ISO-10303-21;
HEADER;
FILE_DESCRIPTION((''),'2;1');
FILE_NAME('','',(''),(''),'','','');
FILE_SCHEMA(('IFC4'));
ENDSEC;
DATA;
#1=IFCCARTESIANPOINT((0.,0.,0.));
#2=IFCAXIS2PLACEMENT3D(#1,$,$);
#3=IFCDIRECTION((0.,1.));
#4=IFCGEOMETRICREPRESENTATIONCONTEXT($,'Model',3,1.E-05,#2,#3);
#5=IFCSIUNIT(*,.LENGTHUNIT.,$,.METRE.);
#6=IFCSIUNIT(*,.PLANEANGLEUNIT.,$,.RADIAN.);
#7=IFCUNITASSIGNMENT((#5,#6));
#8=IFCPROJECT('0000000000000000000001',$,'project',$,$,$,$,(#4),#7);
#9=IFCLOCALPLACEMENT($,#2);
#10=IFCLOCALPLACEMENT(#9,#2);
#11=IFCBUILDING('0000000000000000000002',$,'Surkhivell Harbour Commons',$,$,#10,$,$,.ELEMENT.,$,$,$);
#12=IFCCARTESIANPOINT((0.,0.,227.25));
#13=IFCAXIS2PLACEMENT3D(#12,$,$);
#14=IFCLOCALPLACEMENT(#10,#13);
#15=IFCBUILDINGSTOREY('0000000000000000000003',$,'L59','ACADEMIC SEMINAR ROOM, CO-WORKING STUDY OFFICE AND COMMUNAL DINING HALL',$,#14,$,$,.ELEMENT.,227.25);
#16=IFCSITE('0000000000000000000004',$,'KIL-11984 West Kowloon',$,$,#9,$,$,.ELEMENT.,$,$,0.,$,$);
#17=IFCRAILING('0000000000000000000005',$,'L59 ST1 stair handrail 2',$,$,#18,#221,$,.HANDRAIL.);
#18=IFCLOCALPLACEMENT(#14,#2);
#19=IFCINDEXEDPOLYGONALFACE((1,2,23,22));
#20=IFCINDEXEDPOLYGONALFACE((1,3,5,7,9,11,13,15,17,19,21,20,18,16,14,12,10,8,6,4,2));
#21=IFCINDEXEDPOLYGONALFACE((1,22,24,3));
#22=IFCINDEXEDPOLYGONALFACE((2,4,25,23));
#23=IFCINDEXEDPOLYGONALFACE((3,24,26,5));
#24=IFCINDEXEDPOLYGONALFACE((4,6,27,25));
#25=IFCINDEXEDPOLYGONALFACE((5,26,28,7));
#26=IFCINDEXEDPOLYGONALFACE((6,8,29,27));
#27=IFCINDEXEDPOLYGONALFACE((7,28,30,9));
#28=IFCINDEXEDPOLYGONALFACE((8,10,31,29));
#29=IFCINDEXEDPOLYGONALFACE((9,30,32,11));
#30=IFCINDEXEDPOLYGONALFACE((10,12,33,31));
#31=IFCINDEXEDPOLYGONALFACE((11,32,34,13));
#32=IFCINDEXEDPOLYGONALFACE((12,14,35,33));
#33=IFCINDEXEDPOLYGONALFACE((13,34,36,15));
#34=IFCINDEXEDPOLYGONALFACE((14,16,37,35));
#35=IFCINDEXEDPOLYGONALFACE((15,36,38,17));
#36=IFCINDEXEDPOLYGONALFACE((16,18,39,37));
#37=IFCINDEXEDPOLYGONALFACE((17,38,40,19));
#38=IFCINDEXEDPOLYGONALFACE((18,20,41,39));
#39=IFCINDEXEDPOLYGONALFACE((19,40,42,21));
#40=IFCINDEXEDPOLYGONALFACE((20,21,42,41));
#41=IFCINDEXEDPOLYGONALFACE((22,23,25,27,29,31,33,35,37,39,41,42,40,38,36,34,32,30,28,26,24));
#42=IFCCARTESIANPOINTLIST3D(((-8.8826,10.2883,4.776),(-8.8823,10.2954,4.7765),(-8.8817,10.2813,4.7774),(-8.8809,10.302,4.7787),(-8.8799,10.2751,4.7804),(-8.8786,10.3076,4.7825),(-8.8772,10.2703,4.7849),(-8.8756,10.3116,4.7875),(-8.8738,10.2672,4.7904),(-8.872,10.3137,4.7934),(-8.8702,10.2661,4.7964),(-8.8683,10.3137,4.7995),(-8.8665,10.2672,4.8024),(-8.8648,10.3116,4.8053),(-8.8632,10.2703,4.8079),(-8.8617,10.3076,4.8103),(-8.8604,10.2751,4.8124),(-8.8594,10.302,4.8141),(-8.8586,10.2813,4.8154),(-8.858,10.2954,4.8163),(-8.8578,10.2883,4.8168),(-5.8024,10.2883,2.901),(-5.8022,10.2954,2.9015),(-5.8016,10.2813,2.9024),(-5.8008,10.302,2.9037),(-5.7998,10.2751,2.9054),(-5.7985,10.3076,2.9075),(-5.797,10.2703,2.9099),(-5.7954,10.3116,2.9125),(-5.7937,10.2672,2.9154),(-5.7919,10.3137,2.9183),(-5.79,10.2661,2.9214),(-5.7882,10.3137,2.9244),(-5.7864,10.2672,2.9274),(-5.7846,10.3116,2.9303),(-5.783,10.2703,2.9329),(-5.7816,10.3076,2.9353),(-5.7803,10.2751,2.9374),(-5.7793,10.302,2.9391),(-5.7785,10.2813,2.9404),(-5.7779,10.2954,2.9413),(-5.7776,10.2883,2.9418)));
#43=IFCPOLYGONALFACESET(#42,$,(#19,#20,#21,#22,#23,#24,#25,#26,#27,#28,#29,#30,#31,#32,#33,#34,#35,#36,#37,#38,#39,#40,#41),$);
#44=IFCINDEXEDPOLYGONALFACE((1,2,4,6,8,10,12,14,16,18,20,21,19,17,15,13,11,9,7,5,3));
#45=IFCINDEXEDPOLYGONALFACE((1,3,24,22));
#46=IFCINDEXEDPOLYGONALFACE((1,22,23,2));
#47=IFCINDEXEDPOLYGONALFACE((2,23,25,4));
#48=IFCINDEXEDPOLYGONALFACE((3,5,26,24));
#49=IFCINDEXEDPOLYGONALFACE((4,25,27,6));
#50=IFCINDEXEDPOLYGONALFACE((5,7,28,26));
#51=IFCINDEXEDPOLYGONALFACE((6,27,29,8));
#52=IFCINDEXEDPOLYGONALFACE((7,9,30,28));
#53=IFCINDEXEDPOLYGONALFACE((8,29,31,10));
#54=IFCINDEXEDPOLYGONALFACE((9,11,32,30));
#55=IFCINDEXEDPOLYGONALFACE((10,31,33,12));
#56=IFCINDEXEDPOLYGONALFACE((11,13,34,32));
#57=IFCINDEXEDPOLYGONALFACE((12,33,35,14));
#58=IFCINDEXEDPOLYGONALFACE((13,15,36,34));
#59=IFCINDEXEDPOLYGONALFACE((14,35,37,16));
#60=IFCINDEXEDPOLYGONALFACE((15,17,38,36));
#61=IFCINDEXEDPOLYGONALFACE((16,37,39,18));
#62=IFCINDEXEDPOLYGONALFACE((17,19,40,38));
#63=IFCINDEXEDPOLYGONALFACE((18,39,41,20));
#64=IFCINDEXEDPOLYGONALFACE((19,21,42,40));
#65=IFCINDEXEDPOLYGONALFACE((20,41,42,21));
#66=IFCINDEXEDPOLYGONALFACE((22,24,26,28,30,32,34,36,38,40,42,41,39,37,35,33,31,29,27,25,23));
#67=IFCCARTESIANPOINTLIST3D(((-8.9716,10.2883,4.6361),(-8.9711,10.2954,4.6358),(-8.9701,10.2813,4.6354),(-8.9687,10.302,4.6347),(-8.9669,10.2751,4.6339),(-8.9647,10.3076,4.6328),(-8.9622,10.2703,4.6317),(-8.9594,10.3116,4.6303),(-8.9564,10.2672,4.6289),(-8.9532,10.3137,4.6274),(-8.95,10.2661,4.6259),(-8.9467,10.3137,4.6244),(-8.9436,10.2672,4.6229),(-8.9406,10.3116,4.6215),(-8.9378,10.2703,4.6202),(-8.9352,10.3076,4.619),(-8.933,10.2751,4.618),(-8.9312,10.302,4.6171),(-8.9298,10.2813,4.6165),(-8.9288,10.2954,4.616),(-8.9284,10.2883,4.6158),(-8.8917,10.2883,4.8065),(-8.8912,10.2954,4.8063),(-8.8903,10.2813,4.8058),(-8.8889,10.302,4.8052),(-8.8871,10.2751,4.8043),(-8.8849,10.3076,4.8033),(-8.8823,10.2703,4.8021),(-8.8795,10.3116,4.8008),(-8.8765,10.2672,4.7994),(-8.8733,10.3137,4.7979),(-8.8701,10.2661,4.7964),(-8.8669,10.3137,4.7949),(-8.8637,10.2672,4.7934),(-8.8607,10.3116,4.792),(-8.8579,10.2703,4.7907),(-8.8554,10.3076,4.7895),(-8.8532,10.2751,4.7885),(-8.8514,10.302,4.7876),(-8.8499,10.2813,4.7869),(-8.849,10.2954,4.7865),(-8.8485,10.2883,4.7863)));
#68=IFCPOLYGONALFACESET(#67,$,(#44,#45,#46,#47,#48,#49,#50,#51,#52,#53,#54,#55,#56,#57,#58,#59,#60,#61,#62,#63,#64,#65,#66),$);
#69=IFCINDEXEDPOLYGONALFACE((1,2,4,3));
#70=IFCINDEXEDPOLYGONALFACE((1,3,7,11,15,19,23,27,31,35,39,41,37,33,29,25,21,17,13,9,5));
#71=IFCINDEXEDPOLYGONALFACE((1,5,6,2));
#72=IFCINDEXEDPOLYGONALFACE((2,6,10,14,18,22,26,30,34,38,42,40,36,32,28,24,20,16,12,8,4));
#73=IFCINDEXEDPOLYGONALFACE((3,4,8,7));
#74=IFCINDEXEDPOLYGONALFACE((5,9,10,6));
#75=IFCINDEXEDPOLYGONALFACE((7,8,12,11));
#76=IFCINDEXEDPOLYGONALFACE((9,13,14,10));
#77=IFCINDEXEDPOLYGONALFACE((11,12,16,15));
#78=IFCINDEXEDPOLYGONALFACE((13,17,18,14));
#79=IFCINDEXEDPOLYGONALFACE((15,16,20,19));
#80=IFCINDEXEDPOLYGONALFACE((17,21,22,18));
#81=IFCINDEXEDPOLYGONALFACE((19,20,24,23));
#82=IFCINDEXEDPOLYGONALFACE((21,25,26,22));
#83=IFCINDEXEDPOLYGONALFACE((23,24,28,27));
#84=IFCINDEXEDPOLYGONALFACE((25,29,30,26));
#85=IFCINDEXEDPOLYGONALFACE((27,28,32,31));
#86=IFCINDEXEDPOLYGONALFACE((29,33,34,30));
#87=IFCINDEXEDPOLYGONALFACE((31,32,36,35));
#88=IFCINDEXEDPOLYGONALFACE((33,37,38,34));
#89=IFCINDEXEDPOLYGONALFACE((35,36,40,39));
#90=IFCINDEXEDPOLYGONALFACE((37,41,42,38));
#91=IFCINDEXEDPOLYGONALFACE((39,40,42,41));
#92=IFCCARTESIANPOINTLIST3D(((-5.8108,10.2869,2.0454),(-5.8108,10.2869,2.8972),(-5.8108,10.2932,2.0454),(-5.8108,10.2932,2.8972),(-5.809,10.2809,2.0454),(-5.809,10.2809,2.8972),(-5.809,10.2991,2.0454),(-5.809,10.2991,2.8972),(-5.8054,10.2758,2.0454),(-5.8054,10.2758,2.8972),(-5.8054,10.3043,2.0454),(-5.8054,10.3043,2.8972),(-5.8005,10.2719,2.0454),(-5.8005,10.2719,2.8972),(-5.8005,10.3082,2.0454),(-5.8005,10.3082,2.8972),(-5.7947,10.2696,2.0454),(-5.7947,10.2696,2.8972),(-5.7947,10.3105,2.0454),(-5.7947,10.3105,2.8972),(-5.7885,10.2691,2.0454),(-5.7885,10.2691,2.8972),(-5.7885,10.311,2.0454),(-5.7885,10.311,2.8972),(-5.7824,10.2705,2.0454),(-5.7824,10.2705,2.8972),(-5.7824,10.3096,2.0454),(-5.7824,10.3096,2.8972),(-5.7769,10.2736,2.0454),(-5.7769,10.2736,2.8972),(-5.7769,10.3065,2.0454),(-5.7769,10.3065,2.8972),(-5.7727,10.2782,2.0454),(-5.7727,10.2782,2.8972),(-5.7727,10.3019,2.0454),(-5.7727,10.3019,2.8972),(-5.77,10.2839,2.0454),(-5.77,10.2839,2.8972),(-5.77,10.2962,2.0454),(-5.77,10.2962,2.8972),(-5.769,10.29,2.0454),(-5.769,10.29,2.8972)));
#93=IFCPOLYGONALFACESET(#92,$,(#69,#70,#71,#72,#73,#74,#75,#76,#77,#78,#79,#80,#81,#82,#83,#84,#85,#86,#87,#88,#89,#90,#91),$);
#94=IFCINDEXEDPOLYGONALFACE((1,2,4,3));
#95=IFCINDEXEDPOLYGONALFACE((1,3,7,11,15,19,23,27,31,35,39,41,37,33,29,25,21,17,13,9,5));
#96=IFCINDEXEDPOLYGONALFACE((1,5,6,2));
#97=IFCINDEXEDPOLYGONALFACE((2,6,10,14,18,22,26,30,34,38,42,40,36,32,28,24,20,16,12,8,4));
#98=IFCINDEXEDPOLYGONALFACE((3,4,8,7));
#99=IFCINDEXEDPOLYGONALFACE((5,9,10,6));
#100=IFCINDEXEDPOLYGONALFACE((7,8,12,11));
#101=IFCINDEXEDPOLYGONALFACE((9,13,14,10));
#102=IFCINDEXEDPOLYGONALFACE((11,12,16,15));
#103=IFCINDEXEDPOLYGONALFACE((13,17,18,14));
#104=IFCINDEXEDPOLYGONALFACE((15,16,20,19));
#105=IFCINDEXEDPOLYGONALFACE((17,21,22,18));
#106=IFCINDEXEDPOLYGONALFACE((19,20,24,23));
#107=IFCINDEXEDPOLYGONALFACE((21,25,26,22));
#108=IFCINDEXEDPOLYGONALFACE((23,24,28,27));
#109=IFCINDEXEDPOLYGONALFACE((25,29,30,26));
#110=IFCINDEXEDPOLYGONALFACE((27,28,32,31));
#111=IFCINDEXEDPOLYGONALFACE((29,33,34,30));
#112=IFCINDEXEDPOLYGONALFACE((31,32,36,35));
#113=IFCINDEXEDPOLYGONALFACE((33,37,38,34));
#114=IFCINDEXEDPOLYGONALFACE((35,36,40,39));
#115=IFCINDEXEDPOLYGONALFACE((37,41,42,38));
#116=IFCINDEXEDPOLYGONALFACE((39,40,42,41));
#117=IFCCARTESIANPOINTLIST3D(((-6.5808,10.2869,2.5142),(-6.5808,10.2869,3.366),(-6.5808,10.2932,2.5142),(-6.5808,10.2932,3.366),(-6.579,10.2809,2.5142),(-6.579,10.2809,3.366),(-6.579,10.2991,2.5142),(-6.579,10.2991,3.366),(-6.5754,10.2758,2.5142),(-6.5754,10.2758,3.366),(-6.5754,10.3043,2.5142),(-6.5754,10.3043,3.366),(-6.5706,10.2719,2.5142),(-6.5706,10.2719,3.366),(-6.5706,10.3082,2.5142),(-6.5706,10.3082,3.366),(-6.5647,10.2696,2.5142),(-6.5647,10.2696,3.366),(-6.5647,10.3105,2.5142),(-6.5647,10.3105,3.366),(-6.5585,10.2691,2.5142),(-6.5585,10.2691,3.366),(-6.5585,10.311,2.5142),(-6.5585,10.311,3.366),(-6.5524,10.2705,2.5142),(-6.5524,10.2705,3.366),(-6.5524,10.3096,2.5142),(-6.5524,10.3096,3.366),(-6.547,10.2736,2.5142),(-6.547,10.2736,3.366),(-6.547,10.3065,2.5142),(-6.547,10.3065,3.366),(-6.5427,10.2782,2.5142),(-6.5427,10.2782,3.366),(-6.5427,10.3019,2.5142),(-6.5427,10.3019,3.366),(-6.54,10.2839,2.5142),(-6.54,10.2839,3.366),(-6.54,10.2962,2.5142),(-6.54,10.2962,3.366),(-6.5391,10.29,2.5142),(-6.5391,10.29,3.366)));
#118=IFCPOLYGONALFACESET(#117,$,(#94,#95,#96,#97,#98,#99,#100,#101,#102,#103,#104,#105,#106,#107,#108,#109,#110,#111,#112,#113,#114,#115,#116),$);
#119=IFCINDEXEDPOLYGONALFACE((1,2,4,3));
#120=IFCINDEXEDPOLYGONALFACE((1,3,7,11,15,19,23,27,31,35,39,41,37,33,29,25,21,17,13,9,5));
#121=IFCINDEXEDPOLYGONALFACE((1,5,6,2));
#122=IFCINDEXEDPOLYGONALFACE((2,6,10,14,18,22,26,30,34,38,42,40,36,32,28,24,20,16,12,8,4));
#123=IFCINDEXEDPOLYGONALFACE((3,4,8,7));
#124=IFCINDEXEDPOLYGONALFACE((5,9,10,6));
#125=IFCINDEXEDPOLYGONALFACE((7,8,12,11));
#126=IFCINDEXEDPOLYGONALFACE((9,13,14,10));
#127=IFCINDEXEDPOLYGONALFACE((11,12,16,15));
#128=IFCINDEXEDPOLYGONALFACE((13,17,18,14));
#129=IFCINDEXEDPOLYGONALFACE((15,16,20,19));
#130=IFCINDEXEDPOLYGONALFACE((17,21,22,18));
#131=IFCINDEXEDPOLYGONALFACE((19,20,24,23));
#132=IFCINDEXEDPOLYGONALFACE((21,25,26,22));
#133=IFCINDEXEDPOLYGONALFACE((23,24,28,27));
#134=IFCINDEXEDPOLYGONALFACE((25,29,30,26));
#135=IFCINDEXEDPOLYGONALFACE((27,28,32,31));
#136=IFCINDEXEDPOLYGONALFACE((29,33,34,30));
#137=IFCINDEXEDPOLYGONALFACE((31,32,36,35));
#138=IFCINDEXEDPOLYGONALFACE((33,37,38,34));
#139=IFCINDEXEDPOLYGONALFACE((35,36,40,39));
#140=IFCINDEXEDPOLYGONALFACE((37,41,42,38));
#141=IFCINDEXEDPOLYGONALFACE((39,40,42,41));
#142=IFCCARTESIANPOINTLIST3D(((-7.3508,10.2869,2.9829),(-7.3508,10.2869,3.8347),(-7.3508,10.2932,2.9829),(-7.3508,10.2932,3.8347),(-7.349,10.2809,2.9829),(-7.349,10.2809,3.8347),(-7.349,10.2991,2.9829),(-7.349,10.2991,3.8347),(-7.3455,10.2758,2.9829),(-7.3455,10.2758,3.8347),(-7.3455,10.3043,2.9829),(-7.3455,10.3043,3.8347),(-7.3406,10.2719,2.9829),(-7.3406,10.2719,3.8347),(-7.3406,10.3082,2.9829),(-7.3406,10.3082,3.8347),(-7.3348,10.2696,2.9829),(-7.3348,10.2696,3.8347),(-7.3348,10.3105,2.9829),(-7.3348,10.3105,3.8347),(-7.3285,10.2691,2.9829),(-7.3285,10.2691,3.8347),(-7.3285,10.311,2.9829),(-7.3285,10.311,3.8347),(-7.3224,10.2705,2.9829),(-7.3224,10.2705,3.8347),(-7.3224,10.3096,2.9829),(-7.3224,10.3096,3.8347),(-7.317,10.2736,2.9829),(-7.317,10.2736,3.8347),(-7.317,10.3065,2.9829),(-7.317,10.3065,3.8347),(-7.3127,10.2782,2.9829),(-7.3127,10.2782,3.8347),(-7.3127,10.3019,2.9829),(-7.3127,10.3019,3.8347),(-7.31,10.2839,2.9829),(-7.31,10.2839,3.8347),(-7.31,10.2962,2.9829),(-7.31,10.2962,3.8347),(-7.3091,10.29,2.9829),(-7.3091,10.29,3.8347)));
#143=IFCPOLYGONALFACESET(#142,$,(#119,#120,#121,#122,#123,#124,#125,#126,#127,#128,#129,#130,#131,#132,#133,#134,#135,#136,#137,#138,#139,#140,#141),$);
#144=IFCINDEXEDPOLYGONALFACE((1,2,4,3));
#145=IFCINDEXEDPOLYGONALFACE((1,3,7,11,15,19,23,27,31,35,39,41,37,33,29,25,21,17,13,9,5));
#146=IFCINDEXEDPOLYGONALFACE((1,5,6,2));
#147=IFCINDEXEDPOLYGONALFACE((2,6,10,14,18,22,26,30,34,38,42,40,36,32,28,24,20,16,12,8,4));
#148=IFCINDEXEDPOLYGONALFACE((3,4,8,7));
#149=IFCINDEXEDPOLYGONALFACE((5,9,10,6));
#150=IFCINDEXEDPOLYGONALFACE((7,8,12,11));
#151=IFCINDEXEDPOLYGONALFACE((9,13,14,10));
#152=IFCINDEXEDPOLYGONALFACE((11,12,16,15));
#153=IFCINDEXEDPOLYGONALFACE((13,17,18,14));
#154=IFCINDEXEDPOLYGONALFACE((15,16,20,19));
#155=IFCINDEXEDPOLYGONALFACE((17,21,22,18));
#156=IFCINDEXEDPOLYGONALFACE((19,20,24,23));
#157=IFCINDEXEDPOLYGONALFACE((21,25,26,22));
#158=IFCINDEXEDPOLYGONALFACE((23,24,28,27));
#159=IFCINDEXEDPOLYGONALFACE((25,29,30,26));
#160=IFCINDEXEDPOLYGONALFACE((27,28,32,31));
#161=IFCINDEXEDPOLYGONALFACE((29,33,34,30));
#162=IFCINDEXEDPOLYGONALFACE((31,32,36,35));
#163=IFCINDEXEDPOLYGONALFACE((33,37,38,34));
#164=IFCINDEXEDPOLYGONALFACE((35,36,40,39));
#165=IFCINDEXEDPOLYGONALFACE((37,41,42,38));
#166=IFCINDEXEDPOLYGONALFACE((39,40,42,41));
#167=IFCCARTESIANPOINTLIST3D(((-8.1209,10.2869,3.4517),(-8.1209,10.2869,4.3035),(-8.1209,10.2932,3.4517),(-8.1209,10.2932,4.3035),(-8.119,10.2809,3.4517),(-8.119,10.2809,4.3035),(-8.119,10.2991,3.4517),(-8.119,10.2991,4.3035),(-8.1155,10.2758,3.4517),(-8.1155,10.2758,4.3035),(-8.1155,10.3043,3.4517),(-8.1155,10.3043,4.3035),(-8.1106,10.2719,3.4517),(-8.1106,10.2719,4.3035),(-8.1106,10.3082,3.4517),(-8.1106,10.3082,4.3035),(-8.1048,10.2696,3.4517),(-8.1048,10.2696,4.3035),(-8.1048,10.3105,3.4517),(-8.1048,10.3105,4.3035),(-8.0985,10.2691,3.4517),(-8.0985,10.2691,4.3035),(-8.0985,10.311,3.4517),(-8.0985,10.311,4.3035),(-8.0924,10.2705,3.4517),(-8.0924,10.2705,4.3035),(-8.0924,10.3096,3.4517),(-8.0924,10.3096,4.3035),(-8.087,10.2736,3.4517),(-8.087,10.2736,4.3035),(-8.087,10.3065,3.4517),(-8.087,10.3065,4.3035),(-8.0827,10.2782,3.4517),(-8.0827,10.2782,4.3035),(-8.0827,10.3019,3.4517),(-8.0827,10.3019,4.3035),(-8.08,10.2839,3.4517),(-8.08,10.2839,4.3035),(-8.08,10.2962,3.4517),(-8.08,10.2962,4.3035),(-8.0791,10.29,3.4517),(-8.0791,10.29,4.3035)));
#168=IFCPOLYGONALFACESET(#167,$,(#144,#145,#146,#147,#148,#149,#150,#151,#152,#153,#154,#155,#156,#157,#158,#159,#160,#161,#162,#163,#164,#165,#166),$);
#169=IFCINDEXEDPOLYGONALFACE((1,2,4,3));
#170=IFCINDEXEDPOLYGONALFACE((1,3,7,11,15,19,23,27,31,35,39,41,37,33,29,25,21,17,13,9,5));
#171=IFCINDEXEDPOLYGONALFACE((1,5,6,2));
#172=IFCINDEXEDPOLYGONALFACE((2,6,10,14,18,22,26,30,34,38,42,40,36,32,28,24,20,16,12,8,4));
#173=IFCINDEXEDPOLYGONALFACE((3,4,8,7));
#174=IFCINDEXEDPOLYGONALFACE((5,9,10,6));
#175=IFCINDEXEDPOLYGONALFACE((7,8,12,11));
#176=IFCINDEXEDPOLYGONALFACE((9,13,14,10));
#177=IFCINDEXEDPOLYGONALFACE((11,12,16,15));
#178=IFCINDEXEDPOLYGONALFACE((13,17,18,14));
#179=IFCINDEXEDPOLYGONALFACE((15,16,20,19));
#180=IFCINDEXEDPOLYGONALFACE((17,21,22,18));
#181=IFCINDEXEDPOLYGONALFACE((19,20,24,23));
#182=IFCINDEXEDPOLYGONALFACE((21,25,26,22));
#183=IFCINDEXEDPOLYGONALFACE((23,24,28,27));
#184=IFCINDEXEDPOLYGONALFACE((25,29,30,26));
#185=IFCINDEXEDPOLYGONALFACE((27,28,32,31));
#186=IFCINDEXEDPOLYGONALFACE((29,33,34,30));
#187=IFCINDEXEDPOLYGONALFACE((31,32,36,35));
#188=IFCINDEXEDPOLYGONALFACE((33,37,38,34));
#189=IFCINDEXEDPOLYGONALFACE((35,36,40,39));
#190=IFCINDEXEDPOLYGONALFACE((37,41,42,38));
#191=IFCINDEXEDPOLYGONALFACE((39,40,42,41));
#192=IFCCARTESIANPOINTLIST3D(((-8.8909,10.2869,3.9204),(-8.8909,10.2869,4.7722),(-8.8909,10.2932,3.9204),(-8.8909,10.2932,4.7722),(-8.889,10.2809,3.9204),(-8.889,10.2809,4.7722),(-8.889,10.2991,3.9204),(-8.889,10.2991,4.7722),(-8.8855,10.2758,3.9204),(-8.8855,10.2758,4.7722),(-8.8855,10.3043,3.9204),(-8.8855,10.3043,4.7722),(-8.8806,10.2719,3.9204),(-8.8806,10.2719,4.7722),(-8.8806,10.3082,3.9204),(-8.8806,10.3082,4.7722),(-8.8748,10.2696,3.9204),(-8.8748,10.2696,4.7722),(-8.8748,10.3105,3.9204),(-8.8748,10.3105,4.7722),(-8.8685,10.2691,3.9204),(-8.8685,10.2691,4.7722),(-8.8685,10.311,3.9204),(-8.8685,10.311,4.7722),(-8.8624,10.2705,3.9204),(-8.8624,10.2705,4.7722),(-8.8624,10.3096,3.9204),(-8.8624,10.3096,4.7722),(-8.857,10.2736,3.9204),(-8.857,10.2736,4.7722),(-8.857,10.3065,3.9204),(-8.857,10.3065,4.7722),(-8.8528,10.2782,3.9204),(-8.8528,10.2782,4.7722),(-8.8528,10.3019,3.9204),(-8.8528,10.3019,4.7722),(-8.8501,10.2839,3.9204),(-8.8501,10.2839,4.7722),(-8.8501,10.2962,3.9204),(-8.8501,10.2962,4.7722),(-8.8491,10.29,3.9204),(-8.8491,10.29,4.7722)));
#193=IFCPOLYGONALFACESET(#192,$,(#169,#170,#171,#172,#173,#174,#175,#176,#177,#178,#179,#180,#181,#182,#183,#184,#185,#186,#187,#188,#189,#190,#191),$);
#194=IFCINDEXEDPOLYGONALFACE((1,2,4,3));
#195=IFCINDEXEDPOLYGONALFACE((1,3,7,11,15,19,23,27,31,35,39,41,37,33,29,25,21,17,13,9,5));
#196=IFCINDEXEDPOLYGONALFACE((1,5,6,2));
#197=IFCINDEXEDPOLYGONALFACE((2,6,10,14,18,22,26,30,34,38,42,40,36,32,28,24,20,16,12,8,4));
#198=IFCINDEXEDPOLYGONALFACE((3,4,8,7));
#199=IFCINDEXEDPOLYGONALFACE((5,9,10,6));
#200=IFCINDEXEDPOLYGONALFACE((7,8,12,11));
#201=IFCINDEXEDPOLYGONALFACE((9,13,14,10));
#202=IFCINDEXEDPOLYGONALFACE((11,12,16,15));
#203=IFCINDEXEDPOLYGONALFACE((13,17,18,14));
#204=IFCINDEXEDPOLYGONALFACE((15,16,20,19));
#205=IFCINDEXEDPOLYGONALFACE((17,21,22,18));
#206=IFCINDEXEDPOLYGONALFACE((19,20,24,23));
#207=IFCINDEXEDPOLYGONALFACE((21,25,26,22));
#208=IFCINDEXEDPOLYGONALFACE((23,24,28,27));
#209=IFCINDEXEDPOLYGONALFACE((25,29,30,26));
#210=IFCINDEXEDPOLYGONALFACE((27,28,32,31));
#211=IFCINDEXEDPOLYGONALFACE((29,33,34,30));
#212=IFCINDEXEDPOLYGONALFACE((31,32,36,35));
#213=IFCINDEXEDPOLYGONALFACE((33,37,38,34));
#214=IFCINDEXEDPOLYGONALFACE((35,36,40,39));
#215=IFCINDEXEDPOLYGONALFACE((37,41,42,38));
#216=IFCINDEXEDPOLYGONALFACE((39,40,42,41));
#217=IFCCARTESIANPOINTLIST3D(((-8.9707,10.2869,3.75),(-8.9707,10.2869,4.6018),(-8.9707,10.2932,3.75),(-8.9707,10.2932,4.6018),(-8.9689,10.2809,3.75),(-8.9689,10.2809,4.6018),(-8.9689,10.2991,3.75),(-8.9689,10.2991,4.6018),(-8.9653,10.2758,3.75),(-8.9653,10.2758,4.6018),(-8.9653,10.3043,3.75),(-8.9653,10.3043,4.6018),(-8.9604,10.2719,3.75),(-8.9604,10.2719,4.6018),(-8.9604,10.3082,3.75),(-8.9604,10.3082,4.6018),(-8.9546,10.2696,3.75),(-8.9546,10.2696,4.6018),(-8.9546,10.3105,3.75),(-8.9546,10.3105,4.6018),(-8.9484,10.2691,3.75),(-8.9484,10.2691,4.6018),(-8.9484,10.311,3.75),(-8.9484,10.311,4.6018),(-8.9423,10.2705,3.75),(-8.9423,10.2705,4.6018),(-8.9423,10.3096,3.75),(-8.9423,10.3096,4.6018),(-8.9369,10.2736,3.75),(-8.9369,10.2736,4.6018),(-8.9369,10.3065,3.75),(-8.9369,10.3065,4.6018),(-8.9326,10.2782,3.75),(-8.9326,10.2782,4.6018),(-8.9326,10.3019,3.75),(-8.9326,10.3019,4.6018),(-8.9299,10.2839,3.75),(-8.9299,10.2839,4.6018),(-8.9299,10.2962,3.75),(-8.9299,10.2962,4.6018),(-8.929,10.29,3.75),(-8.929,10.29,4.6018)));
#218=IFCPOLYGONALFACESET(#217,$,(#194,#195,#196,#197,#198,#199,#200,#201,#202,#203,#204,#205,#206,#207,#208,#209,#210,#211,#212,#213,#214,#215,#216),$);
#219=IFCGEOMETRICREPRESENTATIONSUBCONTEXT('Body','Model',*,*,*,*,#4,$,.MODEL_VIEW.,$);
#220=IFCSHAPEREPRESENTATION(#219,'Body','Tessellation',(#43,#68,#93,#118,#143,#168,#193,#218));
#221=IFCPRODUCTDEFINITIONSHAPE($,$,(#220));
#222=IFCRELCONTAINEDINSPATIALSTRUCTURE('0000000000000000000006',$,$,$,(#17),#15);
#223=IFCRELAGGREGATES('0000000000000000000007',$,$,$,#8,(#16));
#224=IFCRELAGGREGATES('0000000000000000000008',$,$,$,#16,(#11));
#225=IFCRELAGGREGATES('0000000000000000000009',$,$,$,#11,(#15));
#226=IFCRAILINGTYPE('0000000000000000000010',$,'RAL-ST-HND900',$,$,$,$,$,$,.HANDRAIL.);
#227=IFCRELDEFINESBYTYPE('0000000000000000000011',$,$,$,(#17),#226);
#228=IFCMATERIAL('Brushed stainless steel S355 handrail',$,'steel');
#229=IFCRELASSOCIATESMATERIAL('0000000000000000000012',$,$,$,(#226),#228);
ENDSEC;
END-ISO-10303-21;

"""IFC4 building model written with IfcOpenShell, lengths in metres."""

from ifc_helpers import new_model, si_unit, direction, frame, origin, origin_2d, place, context, subcontext, project, spatial, circle, extrude, material, type_object, element, save


model = new_model("IFC4")

# Units and contexts
model_context = context("Model", 3, precision=1e-05, world=origin(), true_north=direction((0.0, 1.0)))
body_context = subcontext(model_context, "Body", "Model", "MODEL_VIEW")
ifc_project = project(units=[si_unit("LENGTHUNIT", "METRE"), si_unit("PLANEANGLEUNIT", "RADIAN")], contexts=[model_context])

# Site, building, storey
site_placement = place(None, origin())
site = spatial("IfcSite", under=ifc_project, at=site_placement, Name="KIL-11984 West Kowloon", CompositionType="ELEMENT", RefElevation=0.0)
building_placement = place(site_placement, origin())
building = spatial("IfcBuilding", under=site, at=building_placement, Name="Surkhivell Harbour Commons", CompositionType="ELEMENT")
storey_placement = place(building_placement, frame((0.0, 0.0, 227.25)))
storey = spatial("IfcBuildingStorey", under=building, at=storey_placement, Name="L59", Description="ACADEMIC SEMINAR ROOM, CO-WORKING STUDY OFFICE AND COMMUNAL DINING HALL", CompositionType="ELEMENT", Elevation=227.25)

# Railing
ifc_material_1 = material(Name="Brushed stainless steel S355 handrail", Category="steel")
railing_type_1 = type_object("IfcRailingType", Name="RAL-ST-HND900", PredefinedType="HANDRAIL", material=ifc_material_1)
railing_1_placement = place(storey_placement, frame((-5.79, 10.29, 2.0454)))
element("IfcRailing", 1, at=railing_1_placement, inside=storey, type_object=railing_type_1, Name="L59 ST1 stair handrail 2", PredefinedType="HANDRAIL", context=body_context, shape_type="SweptSolid", body=[
    extrude(circle(Radius=0.0239, at=origin_2d()), frame((0.0, 0.0, 0.876), z_axis=(-0.854178, 0.0, 0.519981), x_axis=(0.0, -1.0, 0.0)), (0.0, 0.0, 1.0), 3.606),
    extrude(circle(Radius=0.0239, at=origin_2d()), frame((-3.0801, 0.0, 2.751), z_axis=(-0.424234, 0.0, -0.905552), x_axis=(0.0, -1.0, 0.0)), (0.0, 0.0, 1.0), 0.1882),
    extrude(circle(Radius=0.021, at=origin_2d()), origin(), (0.0, 0.0, 1.0), 0.8518),
    extrude(circle(Radius=0.021, at=origin_2d()), frame((-0.77, 0.0, 0.4688)), (0.0, 0.0, 1.0), 0.8518),
    extrude(circle(Radius=0.021, at=origin_2d()), frame((-1.54, 0.0, 0.9375)), (0.0, 0.0, 1.0), 0.8518),
    extrude(circle(Radius=0.021, at=origin_2d()), frame((-2.3101, 0.0, 1.4062)), (0.0, 0.0, 1.0), 0.8518),
    extrude(circle(Radius=0.021, at=origin_2d()), frame((-3.0801, 0.0, 1.875)), (0.0, 0.0, 1.0), 0.8518),
    extrude(circle(Radius=0.021, at=origin_2d()), frame((-3.1599, 0.0, 1.7046)), (0.0, 0.0, 1.0), 0.8518),
])

save(model, "model.ifc")
